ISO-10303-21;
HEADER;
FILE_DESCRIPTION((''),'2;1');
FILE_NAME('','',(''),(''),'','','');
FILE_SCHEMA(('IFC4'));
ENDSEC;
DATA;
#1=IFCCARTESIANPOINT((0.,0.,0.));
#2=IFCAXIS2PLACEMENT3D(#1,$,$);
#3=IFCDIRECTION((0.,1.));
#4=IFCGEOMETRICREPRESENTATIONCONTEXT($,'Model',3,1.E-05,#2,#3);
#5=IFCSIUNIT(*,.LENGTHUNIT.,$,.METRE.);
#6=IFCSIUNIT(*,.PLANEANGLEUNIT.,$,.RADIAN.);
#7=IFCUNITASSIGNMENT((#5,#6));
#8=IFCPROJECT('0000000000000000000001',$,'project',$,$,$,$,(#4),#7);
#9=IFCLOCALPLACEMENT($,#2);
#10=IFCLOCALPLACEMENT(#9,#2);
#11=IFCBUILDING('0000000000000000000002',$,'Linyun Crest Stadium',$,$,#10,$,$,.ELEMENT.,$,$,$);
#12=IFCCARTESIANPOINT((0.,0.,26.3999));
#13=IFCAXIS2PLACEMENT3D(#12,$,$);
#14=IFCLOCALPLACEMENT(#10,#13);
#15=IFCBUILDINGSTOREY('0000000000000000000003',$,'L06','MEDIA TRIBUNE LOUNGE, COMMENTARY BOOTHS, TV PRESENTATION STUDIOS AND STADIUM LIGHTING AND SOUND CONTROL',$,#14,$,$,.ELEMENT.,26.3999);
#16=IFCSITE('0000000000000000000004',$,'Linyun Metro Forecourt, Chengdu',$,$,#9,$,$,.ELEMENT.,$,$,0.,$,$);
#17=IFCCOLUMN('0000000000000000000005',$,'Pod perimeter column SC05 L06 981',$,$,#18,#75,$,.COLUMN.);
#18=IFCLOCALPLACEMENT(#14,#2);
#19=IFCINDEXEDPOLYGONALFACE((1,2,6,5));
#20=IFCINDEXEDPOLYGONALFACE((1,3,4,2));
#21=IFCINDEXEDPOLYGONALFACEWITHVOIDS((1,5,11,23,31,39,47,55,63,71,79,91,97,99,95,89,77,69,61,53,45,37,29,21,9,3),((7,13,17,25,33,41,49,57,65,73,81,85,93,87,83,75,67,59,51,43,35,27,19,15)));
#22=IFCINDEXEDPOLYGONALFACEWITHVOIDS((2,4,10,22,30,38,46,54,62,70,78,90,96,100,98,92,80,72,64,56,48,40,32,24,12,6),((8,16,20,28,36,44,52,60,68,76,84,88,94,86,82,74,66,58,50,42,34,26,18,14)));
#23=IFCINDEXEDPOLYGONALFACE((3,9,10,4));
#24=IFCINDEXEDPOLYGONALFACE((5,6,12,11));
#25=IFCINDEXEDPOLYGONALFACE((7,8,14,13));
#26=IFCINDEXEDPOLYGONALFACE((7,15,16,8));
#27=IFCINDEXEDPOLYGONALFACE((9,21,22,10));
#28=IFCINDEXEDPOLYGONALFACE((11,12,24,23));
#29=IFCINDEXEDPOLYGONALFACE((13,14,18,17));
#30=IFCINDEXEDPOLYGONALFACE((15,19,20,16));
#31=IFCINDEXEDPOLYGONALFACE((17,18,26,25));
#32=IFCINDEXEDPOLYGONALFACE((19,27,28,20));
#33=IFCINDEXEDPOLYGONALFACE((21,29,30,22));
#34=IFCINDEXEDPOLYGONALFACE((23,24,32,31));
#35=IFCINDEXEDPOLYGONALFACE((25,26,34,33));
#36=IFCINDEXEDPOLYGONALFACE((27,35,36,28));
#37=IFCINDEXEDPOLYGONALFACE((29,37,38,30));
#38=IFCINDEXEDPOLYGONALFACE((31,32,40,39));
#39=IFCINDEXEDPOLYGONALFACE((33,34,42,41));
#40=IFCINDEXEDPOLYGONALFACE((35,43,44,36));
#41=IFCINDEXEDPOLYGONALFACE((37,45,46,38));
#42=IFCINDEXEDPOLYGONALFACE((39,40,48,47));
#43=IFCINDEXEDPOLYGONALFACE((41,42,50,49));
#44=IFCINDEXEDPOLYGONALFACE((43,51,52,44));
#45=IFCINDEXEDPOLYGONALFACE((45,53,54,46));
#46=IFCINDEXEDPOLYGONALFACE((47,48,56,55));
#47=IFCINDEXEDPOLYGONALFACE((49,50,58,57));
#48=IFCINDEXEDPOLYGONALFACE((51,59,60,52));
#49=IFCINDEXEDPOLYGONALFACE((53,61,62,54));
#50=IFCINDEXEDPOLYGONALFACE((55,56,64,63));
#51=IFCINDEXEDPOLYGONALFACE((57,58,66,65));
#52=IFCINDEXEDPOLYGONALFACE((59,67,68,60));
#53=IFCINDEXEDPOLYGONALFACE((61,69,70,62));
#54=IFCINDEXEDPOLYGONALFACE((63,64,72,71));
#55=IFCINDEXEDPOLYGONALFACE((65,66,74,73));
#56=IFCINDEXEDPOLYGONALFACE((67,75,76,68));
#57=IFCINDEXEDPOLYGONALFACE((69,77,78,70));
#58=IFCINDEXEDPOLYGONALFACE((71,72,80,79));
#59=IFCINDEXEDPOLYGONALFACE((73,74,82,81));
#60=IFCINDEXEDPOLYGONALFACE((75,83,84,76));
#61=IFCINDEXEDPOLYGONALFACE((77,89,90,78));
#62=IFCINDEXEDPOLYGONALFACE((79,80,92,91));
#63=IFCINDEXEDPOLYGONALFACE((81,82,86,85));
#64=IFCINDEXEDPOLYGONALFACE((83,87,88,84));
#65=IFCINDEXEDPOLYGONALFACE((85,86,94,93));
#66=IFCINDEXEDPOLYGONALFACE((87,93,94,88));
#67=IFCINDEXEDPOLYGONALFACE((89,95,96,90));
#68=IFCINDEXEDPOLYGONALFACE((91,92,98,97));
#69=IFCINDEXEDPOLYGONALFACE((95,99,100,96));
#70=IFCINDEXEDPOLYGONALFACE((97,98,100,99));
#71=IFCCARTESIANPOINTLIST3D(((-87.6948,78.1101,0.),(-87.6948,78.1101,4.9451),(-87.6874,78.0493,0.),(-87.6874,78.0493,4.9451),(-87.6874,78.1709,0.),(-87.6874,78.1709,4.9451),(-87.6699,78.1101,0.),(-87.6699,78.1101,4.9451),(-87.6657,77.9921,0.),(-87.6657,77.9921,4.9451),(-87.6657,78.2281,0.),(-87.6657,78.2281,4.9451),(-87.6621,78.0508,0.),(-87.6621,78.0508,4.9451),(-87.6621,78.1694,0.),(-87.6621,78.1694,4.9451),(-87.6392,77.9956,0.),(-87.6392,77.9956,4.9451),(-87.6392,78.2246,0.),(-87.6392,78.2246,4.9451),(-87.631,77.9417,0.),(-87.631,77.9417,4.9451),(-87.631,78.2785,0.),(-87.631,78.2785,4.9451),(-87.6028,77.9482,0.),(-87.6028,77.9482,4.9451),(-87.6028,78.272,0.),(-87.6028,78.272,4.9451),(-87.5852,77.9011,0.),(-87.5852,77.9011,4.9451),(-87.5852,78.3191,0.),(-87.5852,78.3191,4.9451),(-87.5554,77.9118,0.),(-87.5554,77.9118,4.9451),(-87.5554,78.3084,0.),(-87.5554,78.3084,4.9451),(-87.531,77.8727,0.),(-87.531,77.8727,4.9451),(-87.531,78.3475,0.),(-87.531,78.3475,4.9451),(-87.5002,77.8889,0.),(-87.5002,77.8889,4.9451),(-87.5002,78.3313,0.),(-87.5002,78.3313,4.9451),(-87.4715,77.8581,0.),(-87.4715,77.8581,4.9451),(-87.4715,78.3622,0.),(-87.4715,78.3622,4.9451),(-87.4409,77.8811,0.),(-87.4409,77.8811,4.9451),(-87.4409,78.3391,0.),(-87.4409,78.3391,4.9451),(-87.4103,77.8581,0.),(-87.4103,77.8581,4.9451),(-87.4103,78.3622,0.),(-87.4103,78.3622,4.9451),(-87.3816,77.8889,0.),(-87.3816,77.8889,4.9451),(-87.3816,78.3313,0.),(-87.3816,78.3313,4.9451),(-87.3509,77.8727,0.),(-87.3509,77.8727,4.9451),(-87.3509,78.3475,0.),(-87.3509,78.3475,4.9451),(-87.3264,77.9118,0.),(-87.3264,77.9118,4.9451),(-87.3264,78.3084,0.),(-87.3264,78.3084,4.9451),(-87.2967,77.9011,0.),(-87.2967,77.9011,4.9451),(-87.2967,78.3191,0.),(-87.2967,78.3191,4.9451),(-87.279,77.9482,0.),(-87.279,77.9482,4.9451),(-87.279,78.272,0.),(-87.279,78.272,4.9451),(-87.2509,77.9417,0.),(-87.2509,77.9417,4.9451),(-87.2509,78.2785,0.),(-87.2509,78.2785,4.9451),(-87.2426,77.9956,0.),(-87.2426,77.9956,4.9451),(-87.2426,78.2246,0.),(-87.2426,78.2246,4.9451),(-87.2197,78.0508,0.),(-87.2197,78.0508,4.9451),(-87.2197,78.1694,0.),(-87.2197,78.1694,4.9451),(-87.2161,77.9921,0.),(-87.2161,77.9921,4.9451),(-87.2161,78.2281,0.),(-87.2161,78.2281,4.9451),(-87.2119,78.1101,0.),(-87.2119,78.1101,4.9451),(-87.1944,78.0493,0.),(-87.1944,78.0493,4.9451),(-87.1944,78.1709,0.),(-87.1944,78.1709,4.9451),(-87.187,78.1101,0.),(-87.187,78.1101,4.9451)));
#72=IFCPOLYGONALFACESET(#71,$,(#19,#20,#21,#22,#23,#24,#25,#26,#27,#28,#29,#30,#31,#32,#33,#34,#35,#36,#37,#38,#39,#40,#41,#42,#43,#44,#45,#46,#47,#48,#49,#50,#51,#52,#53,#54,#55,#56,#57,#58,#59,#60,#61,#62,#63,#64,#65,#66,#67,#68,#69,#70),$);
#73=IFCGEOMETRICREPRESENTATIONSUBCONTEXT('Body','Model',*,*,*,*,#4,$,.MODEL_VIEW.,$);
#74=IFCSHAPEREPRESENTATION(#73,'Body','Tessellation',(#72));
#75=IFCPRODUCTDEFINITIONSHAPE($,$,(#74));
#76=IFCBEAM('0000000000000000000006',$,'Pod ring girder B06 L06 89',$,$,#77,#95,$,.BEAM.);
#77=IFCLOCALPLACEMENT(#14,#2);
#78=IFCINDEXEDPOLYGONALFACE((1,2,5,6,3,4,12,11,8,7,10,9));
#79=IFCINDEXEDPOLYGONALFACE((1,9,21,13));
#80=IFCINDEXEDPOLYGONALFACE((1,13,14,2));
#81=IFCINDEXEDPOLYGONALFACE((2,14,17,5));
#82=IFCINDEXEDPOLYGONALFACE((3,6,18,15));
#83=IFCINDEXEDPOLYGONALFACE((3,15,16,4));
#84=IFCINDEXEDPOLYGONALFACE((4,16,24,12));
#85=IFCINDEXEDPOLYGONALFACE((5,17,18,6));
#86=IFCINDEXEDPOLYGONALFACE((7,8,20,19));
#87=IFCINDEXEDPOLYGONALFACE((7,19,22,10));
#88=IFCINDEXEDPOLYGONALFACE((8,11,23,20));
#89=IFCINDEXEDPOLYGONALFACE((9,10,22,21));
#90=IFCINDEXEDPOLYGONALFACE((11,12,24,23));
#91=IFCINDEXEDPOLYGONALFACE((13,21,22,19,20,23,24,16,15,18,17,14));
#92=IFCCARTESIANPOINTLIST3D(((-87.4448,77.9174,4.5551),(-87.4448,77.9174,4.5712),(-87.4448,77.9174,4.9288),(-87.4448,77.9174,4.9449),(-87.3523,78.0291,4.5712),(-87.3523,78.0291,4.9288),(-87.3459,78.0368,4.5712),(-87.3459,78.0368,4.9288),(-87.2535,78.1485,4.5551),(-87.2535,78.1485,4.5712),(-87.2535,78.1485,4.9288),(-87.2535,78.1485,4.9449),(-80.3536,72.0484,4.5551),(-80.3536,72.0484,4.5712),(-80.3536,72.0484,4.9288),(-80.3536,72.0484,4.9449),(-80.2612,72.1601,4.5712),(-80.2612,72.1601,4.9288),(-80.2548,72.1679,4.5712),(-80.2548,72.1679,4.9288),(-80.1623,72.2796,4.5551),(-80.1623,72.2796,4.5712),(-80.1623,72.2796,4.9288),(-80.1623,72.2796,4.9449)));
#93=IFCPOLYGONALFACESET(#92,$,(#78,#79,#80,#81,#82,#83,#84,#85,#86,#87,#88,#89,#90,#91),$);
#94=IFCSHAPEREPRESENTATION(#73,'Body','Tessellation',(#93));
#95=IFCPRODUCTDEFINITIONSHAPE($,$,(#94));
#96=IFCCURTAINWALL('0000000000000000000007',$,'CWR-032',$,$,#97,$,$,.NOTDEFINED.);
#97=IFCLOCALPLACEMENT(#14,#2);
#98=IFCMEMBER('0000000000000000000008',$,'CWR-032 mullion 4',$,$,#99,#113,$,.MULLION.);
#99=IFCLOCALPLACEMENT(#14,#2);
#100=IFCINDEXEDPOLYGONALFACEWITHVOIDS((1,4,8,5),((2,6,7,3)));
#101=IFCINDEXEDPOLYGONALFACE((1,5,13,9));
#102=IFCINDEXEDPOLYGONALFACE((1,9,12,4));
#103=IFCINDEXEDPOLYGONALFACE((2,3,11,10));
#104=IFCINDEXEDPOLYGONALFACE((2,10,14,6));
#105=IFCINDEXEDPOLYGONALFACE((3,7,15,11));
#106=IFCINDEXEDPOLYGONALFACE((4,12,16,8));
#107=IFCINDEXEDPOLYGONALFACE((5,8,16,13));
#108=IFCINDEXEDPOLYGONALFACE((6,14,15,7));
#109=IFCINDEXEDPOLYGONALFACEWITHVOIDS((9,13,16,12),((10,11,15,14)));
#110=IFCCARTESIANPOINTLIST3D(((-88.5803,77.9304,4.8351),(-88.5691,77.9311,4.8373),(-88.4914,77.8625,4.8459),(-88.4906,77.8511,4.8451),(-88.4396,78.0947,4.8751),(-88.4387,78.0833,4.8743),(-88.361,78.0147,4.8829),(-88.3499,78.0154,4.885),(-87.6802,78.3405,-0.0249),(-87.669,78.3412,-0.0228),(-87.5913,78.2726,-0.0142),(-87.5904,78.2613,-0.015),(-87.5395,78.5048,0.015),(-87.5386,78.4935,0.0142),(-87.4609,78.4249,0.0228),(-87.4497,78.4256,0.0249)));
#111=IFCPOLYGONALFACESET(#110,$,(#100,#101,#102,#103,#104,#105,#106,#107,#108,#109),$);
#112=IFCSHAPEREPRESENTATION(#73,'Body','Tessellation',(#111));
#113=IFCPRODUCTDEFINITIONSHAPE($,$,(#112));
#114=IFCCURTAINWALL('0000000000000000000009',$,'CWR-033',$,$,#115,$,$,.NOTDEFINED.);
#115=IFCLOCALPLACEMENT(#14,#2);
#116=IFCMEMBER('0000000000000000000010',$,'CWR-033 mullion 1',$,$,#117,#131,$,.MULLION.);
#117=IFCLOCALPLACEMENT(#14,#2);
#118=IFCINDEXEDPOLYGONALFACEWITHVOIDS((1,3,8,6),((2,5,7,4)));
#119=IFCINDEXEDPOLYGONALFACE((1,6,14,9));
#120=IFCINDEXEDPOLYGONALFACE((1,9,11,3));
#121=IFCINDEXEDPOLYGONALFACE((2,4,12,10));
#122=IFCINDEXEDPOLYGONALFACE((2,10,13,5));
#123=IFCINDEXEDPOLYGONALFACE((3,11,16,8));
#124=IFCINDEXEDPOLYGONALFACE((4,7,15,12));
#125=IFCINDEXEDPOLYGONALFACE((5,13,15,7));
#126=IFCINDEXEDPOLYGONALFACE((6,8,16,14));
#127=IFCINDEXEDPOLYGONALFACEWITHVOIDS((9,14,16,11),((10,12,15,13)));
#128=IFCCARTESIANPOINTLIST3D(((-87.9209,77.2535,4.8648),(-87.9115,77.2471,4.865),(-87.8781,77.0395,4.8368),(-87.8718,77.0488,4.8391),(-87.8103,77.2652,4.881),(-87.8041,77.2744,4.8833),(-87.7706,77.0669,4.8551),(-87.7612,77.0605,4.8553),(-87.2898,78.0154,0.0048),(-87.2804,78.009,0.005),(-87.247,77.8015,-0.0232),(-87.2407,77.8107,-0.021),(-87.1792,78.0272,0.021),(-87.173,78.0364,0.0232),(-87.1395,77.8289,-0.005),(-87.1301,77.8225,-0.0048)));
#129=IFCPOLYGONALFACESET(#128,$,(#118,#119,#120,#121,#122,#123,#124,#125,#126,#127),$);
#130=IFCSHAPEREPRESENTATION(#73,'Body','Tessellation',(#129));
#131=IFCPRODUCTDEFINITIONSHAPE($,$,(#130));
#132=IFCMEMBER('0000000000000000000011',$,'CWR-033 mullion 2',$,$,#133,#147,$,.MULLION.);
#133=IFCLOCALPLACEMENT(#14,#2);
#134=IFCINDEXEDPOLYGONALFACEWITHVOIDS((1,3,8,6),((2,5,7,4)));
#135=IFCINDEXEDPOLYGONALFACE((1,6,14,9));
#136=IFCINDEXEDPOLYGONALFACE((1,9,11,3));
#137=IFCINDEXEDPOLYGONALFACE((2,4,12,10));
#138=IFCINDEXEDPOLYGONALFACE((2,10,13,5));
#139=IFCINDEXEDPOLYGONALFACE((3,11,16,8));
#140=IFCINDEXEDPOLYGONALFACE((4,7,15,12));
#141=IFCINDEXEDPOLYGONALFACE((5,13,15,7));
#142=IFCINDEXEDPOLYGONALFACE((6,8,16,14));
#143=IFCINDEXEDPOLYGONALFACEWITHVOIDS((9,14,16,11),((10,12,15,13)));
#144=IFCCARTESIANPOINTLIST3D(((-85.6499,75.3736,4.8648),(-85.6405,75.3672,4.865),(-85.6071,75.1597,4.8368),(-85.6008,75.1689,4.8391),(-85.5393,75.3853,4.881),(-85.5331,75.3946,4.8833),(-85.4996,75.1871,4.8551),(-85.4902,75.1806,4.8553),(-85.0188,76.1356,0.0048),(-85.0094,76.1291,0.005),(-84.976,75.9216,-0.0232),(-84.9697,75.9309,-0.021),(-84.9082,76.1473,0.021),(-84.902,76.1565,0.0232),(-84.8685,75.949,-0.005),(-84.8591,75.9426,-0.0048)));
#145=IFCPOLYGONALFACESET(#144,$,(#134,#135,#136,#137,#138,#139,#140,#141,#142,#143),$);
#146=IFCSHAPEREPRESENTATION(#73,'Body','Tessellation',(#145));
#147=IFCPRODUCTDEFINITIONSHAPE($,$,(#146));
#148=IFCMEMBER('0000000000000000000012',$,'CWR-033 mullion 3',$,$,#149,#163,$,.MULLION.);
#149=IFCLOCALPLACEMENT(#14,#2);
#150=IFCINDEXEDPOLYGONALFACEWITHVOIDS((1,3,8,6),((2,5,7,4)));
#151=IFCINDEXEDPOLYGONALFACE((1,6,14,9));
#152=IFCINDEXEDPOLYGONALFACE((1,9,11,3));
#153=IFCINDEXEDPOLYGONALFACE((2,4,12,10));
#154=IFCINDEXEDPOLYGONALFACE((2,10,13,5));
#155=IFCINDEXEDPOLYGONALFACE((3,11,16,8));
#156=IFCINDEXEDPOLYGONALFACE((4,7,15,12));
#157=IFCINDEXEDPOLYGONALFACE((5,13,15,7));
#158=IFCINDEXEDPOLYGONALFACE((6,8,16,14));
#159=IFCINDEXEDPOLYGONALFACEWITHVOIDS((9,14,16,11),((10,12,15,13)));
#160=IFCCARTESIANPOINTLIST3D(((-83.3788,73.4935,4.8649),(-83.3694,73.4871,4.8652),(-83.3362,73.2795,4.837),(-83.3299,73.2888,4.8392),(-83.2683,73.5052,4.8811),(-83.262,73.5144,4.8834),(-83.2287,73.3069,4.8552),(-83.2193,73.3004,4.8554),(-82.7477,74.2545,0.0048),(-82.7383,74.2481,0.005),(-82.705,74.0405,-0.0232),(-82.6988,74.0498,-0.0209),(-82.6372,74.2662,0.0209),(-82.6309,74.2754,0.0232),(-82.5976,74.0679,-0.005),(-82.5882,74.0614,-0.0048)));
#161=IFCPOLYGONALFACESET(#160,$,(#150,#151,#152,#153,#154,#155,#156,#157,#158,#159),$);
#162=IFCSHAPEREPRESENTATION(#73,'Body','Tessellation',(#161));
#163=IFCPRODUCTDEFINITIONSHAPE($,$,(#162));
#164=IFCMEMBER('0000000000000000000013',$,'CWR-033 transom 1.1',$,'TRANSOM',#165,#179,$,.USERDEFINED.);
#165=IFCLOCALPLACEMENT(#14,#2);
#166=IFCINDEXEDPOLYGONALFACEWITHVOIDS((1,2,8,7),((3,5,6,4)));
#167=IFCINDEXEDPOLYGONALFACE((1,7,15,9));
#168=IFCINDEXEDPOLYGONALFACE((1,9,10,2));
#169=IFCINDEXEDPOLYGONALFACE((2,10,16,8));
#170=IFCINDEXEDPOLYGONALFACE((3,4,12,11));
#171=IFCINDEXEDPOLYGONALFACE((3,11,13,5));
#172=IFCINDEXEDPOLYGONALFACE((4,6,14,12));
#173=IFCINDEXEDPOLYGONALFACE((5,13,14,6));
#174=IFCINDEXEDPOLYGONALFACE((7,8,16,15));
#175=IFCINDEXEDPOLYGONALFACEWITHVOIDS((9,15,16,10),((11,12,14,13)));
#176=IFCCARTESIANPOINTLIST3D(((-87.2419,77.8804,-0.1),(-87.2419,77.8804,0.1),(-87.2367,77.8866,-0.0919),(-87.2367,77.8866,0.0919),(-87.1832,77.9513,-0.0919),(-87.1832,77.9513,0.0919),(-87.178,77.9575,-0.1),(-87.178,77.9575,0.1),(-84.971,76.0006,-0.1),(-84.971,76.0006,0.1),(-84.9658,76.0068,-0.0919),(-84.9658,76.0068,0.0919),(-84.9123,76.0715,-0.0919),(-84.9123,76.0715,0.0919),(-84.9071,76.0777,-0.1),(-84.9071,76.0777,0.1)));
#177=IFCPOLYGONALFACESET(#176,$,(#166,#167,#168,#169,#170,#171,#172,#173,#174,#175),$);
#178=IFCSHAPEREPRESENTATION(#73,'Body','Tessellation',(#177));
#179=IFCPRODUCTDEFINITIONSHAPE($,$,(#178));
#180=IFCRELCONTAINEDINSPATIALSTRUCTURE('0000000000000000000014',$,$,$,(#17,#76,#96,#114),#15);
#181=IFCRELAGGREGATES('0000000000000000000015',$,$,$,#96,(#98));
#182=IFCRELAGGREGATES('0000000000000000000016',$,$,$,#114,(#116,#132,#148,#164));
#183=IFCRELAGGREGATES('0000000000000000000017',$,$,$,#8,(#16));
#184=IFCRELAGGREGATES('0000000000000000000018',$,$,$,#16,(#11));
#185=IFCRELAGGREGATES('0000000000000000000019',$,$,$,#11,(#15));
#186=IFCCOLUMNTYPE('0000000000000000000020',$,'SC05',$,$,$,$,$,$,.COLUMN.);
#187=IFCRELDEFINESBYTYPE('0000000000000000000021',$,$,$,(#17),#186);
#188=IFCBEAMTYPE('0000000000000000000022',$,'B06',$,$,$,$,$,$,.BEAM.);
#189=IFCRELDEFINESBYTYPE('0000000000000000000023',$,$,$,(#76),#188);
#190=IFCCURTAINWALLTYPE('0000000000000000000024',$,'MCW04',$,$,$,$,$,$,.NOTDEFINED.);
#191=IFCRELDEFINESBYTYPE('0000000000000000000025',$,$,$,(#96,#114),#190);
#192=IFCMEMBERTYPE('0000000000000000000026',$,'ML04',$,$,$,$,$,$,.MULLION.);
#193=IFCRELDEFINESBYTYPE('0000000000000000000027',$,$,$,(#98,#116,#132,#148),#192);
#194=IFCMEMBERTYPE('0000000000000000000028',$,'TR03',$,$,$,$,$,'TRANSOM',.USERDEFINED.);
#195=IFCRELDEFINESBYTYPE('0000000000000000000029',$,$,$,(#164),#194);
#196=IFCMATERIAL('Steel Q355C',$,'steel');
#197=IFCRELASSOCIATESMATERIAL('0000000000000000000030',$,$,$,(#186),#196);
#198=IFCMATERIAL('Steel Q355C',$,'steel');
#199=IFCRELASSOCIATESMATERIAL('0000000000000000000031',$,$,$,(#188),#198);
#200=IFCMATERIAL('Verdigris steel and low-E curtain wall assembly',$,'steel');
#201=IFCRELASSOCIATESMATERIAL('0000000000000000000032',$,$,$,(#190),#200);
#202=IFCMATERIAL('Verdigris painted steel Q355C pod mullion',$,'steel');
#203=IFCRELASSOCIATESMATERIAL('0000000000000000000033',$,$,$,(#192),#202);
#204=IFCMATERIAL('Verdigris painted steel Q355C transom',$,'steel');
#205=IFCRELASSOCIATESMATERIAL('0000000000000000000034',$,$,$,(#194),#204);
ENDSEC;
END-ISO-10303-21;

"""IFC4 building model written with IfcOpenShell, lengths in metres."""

from ifc_helpers import new_model, si_unit, direction, frame, origin, origin_2d, place, context, subcontext, project, spatial, hollow_rectangle, hollow_circle, i_section, extrude, material, material_profile, profile_set, type_object, element, aggregate, save


model = new_model("IFC4")

# Units and contexts
model_context = context("Model", 3, precision=1e-05, world=origin(), true_north=direction((0.0, 1.0)))
body_context = subcontext(model_context, "Body", "Model", "MODEL_VIEW")
ifc_project = project(units=[si_unit("LENGTHUNIT", "METRE"), si_unit("PLANEANGLEUNIT", "RADIAN")], contexts=[model_context])

# Site, building, storey
site_placement = place(None, origin())
site = spatial("IfcSite", under=ifc_project, at=site_placement, Name="Linyun Metro Forecourt, Chengdu", CompositionType="ELEMENT", RefElevation=0.0)
building_placement = place(site_placement, origin())
building = spatial("IfcBuilding", under=site, at=building_placement, Name="Linyun Crest Stadium", CompositionType="ELEMENT")
storey_placement = place(building_placement, frame((0.0, 0.0, 26.3999)))
storey = spatial("IfcBuildingStorey", under=building, at=storey_placement, Name="L06", Description="MEDIA TRIBUNE LOUNGE, COMMENTARY BOOTHS, TV PRESENTATION STUDIOS AND STADIUM LIGHTING AND SOUND CONTROL", CompositionType="ELEMENT", Elevation=26.3999)

# Column
ifc_material_1 = material(Name="Steel Q355C", Category="steel")
ifc_material_profile_1 = material_profile(ifc_material_1, hollow_circle(Radius=0.2539, WallThickness=0.0249, at=origin_2d()), Name="CHS 508x25")
ifc_profile_set_1 = profile_set([ifc_material_profile_1], Name="Steel Q355C")
column_type = type_object("IfcColumnType", Name="SC05", PredefinedType="COLUMN", material=ifc_profile_set_1)
column_placement = place(storey_placement, frame((-87.4409, 78.1101, 0.0), z_axis=(0.0, 0.0, 1.0), x_axis=(1.0, 0.0, 0.0)))
element("IfcColumn", 1, at=column_placement, inside=storey, type_object=column_type, Name="Pod perimeter column SC05 L06 981", PredefinedType="COLUMN", context=body_context, shape_type="SweptSolid", body=[
    extrude(hollow_circle(Radius=0.2539, WallThickness=0.0249, at=origin_2d()), origin(), (0.0, 0.0, 1.0), 4.9451),
])

# Beam
ifc_material_2 = material(Name="Steel Q355C", Category="steel")
ifc_material_profile_2 = material_profile(ifc_material_2, i_section(OverallWidth=0.3, OverallDepth=0.3899, WebThickness=0.01, FlangeThickness=0.0161, at=origin_2d()), Name="HM 390x300")
ifc_profile_set_2 = profile_set([ifc_material_profile_2], Name="Steel Q355C")
beam_type = type_object("IfcBeamType", Name="B06", PredefinedType="BEAM", material=ifc_profile_set_2)
beam_placement = place(storey_placement, frame((-87.3491, 78.033, 4.75), z_axis=(0.770371, -0.637595, 0.0), x_axis=(0.637595, 0.770371, 0.0)))
element("IfcBeam", 2, at=beam_placement, inside=storey, type_object=beam_type, Name="Pod ring girder B06 L06 89", PredefinedType="BEAM", context=body_context, shape_type="SweptSolid", body=[
    extrude(i_section(OverallWidth=0.3, OverallDepth=0.3899, WebThickness=0.01, FlangeThickness=0.0161, at=origin_2d()), origin(), (0.0, 0.0, 1.0), 9.2048),
])

# Curtain wall, member
ifc_material_3 = material(Name="Verdigris steel and low-E curtain wall assembly", Category="steel")
curtain_wall_type = type_object("IfcCurtainWallType", Name="MCW04", PredefinedType="NOTDEFINED", material=ifc_material_3)
curtain_wall_1_placement = place(storey_placement, origin())
curtain_wall_1 = element("IfcCurtainWall", 3, at=curtain_wall_1_placement, inside=storey, type_object=curtain_wall_type, Name="CWR-032", PredefinedType="NOTDEFINED")
ifc_material_4 = material(Name="Verdigris painted steel Q355C pod mullion", Category="steel")
ifc_material_profile_3 = material_profile(ifc_material_4, hollow_rectangle(XDim=0.1201, YDim=0.22, WallThickness=0.0081, at=origin_2d()), Name="RHS 220x120x8")
ifc_profile_set_3 = profile_set([ifc_material_profile_3], Name="Verdigris painted steel Q355C pod mullion")
member_type_1 = type_object("IfcMemberType", Name="ML04", PredefinedType="MULLION", material=ifc_profile_set_3)
member_1_placement = place(storey_placement, frame((-87.5649, 78.3831, 0.0), z_axis=(-0.18149, -0.082697, 0.979909), x_axis=(0.746978, -0.659688, 0.082676)))
member_1 = element("IfcMember", 4, at=member_1_placement, type_object=member_type_1, Name="CWR-032 mullion 4", PredefinedType="MULLION", context=body_context, shape_type="SweptSolid", body=[
    extrude(hollow_rectangle(XDim=0.1201, YDim=0.22, WallThickness=0.0081, at=origin_2d()), origin(), (0.0, 0.0, 1.0), 4.9597),
])

# Curtain wall, members
curtain_wall_2_placement = place(storey_placement, origin())
curtain_wall_2 = element("IfcCurtainWall", 5, at=curtain_wall_2_placement, inside=storey, type_object=curtain_wall_type, Name="CWR-033", PredefinedType="NOTDEFINED")
member_2_placement = place(storey_placement, frame((-87.21, 77.9189, 0.0), z_axis=(-0.127244, -0.153628, 0.979902), x_axis=(0.972587, 0.174539, 0.153658)))
member_2 = element("IfcMember", 6, at=member_2_placement, type_object=member_type_1, Name="CWR-033 mullion 1", PredefinedType="MULLION", context=body_context, shape_type="SweptSolid", body=[
    extrude(hollow_rectangle(XDim=0.1201, YDim=0.22, WallThickness=0.0081, at=origin_2d()), origin(), (0.0, 0.0, 1.0), 4.9597),
])
member_3_placement = place(storey_placement, frame((-84.939, 76.0391, 0.0), z_axis=(-0.127244, -0.153628, 0.979902), x_axis=(0.972587, 0.174539, 0.153658)))
member_3 = element("IfcMember", 7, at=member_3_placement, type_object=member_type_1, Name="CWR-033 mullion 2", PredefinedType="MULLION", context=body_context, shape_type="SweptSolid", body=[
    extrude(hollow_rectangle(XDim=0.1201, YDim=0.22, WallThickness=0.0081, at=origin_2d()), origin(), (0.0, 0.0, 1.0), 4.9597),
])
member_4_placement = place(storey_placement, frame((-82.668, 74.158, 0.0), z_axis=(-0.127248, -0.153436, 0.979931), x_axis=(0.972711, 0.173944, 0.153546)))
member_4 = element("IfcMember", 8, at=member_4_placement, type_object=member_type_1, Name="CWR-033 mullion 3", PredefinedType="MULLION", context=body_context, shape_type="SweptSolid", body=[
    extrude(hollow_rectangle(XDim=0.1201, YDim=0.22, WallThickness=0.0081, at=origin_2d()), origin(), (0.0, 0.0, 1.0), 4.9597),
])
ifc_material_5 = material(Name="Verdigris painted steel Q355C transom", Category="steel")
ifc_material_profile_4 = material_profile(ifc_material_5, hollow_rectangle(XDim=0.1001, YDim=0.2, WallThickness=0.0081, at=origin_2d()), Name="RHS 200x100x8")
ifc_profile_set_4 = profile_set([ifc_material_profile_4], Name="Verdigris painted steel Q355C transom")
member_type_2 = type_object("IfcMemberType", Name="TR03", ElementType="TRANSOM", PredefinedType="USERDEFINED", material=ifc_profile_set_4)
member_5_placement = place(storey_placement, frame((-87.21, 77.9189, 0.0), z_axis=(0.770321, -0.637656, 0.0), x_axis=(0.637656, 0.770321, 0.0)))
member_5 = element("IfcMember", 9, at=member_5_placement, type_object=member_type_2, Name="CWR-033 transom 1.1", ObjectType="TRANSOM", PredefinedType="USERDEFINED", context=body_context, shape_type="SweptSolid", body=[
    extrude(hollow_rectangle(XDim=0.1001, YDim=0.2, WallThickness=0.0081, at=origin_2d()), origin(), (0.0, 0.0, 1.0), 2.948),
])

aggregate(curtain_wall_1, [member_1])
aggregate(curtain_wall_2, [member_2, member_3, member_4, member_5])

save(model, "model.ifc")
